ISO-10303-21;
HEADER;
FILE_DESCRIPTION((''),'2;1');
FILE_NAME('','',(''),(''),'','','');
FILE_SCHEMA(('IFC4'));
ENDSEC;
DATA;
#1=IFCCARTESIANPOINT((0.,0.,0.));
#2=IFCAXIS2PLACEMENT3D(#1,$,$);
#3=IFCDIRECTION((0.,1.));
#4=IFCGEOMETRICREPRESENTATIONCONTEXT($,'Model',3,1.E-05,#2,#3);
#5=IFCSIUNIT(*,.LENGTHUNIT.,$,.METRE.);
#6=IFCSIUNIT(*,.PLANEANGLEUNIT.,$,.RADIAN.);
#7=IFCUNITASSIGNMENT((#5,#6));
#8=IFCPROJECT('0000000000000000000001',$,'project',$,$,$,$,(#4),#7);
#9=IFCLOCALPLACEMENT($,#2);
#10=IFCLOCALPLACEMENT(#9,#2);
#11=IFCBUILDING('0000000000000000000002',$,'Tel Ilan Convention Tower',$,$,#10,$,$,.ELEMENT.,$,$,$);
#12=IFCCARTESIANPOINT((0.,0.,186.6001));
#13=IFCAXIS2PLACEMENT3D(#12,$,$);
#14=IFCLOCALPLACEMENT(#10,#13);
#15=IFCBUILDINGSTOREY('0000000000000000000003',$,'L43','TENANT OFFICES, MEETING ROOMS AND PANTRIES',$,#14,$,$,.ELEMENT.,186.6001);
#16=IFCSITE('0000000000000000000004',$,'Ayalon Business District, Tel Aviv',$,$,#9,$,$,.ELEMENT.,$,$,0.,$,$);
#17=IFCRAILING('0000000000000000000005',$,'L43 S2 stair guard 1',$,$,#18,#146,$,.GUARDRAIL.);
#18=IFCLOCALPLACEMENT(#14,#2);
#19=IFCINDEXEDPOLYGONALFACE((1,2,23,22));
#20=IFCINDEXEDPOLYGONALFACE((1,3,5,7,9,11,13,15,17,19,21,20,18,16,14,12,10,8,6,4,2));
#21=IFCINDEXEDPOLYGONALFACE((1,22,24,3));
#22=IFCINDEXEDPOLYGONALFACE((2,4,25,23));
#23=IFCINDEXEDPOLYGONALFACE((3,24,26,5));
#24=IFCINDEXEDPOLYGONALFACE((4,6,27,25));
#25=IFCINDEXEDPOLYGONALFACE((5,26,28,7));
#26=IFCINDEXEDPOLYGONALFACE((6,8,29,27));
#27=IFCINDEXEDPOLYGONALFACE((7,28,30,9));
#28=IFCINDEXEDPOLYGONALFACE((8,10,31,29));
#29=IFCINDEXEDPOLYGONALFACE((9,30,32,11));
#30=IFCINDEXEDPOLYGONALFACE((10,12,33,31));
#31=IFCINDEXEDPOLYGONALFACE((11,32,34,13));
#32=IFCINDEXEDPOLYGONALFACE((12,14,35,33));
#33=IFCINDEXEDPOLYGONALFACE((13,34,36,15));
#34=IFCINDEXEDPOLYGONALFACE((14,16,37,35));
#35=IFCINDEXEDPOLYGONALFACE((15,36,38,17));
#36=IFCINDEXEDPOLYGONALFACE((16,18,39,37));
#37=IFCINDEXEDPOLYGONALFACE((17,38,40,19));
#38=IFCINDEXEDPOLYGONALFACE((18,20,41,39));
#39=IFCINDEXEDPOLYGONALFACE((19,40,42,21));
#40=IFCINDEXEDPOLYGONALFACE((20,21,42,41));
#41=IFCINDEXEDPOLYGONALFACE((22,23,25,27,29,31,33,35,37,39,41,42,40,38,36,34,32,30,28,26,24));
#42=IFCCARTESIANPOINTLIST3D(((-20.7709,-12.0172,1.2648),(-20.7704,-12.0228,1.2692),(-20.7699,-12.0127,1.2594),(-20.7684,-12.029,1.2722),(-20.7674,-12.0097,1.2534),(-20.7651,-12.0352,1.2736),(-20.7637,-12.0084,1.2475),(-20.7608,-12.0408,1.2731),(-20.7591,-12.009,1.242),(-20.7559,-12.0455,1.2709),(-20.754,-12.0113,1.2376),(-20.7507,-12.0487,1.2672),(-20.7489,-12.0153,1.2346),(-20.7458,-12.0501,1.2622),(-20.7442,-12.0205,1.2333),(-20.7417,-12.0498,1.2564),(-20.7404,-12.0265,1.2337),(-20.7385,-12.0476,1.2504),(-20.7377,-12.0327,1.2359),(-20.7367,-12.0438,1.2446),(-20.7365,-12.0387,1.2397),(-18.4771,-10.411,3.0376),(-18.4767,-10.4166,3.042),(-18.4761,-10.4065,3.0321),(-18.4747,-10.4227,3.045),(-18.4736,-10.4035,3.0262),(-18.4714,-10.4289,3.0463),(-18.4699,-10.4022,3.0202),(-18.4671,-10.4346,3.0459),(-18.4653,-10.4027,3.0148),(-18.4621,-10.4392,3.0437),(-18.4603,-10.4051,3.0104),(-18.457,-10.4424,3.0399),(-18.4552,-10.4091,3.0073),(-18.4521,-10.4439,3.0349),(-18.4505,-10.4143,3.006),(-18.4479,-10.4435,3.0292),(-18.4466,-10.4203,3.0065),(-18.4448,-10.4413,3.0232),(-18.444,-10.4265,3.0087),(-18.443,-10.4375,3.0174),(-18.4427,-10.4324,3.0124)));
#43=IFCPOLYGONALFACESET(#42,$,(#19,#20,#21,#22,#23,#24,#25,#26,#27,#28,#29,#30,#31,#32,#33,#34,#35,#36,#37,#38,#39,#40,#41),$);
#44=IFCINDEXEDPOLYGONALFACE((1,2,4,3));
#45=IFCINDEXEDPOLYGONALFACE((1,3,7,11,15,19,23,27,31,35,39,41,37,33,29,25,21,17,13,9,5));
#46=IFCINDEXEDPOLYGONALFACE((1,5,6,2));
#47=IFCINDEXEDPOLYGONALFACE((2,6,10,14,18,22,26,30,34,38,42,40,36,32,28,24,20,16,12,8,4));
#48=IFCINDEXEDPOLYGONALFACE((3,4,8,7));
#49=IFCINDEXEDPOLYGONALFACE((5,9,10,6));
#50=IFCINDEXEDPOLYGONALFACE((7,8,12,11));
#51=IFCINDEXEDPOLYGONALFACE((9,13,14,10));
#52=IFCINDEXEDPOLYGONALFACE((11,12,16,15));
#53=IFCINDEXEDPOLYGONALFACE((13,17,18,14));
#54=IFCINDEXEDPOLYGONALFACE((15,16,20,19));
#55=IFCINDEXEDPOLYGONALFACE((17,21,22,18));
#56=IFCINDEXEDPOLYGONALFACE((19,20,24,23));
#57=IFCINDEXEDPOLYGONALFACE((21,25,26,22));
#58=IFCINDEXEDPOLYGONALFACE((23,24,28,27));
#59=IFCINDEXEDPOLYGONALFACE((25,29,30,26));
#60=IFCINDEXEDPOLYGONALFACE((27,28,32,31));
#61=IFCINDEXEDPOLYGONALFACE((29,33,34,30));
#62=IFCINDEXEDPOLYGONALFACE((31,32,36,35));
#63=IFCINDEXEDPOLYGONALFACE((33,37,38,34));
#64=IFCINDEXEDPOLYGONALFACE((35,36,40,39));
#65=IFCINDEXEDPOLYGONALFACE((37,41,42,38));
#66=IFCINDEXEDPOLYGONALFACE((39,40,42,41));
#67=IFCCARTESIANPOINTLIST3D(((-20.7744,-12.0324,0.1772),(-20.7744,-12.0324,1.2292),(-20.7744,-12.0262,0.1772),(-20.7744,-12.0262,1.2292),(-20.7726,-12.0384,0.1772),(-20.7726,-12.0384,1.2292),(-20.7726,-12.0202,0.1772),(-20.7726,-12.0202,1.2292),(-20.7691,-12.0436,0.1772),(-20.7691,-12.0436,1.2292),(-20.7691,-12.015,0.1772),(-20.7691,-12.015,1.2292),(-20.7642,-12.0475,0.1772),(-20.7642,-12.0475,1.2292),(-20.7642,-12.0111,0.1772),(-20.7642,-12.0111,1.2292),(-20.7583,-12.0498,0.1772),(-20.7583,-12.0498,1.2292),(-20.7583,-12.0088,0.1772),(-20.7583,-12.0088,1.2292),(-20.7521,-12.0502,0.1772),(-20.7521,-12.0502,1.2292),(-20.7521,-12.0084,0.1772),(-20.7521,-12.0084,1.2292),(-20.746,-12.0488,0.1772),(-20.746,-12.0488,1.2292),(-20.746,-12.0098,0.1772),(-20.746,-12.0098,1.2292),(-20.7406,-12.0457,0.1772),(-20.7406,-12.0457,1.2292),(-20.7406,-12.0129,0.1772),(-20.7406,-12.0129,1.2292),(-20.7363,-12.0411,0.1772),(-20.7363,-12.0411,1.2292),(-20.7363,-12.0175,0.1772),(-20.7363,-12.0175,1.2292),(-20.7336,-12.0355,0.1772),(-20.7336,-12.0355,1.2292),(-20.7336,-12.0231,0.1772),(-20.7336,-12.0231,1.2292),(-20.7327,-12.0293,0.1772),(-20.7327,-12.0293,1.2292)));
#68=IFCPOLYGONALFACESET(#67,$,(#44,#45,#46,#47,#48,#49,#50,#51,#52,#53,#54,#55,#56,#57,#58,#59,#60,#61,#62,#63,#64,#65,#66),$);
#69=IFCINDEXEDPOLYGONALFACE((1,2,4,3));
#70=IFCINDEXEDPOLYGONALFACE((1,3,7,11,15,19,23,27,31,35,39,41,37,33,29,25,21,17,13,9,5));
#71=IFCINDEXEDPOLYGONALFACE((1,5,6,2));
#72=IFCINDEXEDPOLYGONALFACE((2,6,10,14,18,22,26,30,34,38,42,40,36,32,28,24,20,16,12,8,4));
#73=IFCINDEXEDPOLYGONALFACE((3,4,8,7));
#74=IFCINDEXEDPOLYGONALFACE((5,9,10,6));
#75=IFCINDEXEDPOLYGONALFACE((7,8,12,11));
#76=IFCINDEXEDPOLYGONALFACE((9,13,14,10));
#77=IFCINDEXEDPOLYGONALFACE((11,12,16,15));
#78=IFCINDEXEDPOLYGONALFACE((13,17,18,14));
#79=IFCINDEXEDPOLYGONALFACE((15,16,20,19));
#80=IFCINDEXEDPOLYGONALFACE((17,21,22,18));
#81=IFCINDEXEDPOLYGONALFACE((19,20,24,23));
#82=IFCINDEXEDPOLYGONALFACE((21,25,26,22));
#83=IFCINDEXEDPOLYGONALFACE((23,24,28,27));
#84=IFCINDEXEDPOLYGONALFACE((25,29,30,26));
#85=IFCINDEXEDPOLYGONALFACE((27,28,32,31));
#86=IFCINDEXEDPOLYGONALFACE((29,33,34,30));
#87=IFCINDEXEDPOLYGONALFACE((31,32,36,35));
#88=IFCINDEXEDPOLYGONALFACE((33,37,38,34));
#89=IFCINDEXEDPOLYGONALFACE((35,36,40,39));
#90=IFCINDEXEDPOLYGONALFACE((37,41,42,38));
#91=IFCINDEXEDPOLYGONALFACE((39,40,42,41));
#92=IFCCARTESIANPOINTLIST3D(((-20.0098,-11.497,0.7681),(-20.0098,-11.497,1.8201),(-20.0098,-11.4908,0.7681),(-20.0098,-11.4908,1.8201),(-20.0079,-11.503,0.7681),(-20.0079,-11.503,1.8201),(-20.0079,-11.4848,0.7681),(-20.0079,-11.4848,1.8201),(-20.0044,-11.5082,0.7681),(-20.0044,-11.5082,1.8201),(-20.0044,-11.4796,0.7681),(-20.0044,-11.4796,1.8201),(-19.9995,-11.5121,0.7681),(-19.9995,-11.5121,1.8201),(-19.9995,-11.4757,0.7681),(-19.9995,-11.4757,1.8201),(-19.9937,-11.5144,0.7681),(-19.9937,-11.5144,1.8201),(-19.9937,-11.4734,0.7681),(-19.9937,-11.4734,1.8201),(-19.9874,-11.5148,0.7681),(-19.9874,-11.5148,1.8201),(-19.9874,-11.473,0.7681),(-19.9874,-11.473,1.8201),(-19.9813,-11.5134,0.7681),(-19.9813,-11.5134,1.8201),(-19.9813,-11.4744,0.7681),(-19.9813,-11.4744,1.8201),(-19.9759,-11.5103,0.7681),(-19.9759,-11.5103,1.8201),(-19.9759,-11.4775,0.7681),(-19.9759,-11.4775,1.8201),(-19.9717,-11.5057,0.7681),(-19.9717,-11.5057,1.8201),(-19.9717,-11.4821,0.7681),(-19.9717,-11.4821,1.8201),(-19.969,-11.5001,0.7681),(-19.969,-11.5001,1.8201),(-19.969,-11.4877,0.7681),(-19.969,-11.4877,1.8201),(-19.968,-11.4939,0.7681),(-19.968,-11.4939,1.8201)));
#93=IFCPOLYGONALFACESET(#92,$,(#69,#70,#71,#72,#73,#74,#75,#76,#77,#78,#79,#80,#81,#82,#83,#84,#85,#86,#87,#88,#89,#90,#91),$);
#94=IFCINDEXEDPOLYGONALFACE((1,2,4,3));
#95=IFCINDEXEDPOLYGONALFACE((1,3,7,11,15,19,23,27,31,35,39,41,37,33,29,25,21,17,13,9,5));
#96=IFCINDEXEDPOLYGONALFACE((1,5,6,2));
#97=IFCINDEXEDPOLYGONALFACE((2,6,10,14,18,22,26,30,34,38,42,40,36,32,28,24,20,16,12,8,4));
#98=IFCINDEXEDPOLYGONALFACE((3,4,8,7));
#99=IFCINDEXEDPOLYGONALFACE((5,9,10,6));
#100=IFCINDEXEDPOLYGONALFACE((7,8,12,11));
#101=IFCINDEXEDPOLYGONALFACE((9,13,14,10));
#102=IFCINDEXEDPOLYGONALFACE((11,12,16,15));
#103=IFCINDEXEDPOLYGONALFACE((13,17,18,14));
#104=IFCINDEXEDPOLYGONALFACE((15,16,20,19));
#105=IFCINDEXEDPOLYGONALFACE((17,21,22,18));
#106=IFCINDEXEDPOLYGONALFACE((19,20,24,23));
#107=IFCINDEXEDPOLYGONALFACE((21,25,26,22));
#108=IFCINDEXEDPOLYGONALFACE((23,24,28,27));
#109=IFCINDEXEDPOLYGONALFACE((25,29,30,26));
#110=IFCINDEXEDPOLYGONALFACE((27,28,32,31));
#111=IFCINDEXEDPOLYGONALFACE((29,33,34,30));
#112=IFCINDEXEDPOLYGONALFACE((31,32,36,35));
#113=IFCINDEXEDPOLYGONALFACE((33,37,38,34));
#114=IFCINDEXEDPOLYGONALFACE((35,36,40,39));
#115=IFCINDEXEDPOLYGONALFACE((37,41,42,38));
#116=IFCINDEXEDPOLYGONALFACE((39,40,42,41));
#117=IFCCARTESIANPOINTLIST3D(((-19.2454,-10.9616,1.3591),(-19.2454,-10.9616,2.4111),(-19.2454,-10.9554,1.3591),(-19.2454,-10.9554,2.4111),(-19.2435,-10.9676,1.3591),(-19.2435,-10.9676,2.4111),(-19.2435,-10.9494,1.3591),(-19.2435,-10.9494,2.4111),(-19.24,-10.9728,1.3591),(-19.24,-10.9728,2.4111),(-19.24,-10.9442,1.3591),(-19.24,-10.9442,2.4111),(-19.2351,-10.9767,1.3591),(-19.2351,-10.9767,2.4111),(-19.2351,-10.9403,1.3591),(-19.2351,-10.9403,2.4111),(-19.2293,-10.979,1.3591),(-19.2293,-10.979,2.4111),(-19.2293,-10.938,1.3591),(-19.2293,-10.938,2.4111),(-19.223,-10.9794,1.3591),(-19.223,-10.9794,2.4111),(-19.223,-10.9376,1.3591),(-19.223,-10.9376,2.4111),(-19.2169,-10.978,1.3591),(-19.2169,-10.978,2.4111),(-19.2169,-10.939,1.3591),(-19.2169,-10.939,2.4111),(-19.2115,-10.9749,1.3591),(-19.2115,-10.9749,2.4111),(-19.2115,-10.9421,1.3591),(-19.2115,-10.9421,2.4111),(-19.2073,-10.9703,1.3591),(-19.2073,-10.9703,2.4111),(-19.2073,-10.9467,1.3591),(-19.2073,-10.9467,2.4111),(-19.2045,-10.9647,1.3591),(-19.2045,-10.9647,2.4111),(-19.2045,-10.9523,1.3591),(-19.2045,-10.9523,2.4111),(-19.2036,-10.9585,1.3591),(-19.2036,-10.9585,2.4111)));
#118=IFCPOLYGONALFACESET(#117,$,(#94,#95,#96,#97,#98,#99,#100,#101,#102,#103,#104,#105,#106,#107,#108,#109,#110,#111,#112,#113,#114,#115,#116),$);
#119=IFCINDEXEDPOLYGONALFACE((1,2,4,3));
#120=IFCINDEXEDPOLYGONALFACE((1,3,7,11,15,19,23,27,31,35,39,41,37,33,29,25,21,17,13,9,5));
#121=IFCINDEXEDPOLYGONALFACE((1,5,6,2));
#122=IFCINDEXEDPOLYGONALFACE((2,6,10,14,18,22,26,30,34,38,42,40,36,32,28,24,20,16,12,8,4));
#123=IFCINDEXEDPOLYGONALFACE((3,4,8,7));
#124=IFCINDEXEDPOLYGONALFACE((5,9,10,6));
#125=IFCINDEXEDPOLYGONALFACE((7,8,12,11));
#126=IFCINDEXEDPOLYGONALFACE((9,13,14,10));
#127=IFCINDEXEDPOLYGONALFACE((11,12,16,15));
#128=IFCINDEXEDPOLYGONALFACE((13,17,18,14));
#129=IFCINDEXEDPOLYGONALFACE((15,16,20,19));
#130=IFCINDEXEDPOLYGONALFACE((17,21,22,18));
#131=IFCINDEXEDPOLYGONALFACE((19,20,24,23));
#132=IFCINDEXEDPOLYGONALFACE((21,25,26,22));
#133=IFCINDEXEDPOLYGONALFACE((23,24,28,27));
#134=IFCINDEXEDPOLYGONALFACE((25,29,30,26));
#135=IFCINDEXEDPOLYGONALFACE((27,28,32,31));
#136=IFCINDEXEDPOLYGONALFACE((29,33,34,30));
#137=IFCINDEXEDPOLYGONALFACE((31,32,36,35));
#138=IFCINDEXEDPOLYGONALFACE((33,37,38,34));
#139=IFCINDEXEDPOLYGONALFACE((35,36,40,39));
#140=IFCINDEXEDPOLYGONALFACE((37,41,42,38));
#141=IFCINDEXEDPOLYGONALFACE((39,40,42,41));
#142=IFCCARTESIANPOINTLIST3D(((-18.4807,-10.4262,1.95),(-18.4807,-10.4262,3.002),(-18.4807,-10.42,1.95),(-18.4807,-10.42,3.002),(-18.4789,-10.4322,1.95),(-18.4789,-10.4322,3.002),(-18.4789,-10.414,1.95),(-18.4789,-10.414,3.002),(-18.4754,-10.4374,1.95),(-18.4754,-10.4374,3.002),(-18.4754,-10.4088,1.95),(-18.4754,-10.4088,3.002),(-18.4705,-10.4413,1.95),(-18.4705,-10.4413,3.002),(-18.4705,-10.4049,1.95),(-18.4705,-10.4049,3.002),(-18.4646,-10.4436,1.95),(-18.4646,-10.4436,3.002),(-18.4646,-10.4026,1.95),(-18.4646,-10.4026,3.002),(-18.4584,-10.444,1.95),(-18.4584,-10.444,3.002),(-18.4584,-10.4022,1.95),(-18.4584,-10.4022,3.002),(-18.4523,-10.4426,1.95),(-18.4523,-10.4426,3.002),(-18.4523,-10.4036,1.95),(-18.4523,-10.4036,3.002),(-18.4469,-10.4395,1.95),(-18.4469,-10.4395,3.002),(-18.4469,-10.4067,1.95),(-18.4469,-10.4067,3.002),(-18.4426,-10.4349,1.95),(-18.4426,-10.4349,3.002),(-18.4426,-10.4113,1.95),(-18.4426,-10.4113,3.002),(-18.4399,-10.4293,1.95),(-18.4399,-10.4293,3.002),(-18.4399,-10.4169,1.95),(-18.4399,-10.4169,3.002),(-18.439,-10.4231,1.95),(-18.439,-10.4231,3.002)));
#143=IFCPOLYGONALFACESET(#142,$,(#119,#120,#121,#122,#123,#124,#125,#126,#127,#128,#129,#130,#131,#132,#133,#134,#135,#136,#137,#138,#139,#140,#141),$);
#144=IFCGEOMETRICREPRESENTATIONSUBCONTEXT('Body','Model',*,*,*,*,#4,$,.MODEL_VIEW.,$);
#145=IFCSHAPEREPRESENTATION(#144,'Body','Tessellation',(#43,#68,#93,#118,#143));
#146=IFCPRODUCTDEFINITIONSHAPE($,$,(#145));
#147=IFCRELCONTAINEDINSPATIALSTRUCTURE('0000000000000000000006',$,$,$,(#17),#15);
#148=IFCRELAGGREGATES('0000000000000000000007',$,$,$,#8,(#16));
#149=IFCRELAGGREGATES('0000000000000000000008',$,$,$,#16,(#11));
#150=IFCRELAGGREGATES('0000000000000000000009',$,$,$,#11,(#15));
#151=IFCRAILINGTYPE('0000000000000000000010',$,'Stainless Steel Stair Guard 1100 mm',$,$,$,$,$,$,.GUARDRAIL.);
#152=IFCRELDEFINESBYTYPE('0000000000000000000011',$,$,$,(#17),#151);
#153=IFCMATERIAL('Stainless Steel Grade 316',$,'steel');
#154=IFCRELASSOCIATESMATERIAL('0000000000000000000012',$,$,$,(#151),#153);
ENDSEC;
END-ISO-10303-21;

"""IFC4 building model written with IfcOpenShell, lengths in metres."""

from ifc_helpers import new_model, si_unit, direction, frame, origin, origin_2d, place, context, subcontext, project, spatial, circle, extrude, material, type_object, element, save


model = new_model("IFC4")

# Units and contexts
model_context = context("Model", 3, precision=1e-05, world=origin(), true_north=direction((0.0, 1.0)))
body_context = subcontext(model_context, "Body", "Model", "MODEL_VIEW")
ifc_project = project(units=[si_unit("LENGTHUNIT", "METRE"), si_unit("PLANEANGLEUNIT", "RADIAN")], contexts=[model_context])

# Site, building, storey
site_placement = place(None, origin())
site = spatial("IfcSite", under=ifc_project, at=site_placement, Name="Ayalon Business District, Tel Aviv", CompositionType="ELEMENT", RefElevation=0.0)
building_placement = place(site_placement, origin())
building = spatial("IfcBuilding", under=site, at=building_placement, Name="Tel Ilan Convention Tower", CompositionType="ELEMENT")
storey_placement = place(building_placement, frame((0.0, 0.0, 186.6001)))
storey = spatial("IfcBuildingStorey", under=building, at=storey_placement, Name="L43", Description="TENANT OFFICES, MEETING ROOMS AND PANTRIES", CompositionType="ELEMENT", Elevation=186.6001)

# Railing
ifc_material_1 = material(Name="Stainless Steel Grade 316", Category="steel")
railing_type_1 = type_object("IfcRailingType", Name="Stainless Steel Stair Guard 1100 mm", PredefinedType="GUARDRAIL", material=ifc_material_1)
railing_1_placement = place(storey_placement, frame((-20.7537, -12.0293, 0.1772)))
element("IfcRailing", 1, at=railing_1_placement, inside=storey, type_object=railing_type_1, Name="L43 S2 stair guard 1", PredefinedType="GUARDRAIL", context=body_context, shape_type="SweptSolid", body=[
    extrude(circle(Radius=0.0239, at=origin_2d()), frame((0.0, 0.0, 1.0762), z_axis=(0.692098, 0.484653, 0.534894), x_axis=(-0.573609, 0.81913, 0.0)), (0.0, 0.0, 1.0), 3.3142),
    extrude(circle(Radius=0.021, at=origin_2d()), origin(), (0.0, 0.0, 1.0), 1.052),
    extrude(circle(Radius=0.021, at=origin_2d()), frame((0.7646, 0.5354, 0.5908)), (0.0, 0.0, 1.0), 1.052),
    extrude(circle(Radius=0.021, at=origin_2d()), frame((1.5291, 1.0708, 1.1819)), (0.0, 0.0, 1.0), 1.052),
    extrude(circle(Radius=0.021, at=origin_2d()), frame((2.2937, 1.6062, 1.7727)), (0.0, 0.0, 1.0), 1.052),
])

save(model, "model.ifc")
